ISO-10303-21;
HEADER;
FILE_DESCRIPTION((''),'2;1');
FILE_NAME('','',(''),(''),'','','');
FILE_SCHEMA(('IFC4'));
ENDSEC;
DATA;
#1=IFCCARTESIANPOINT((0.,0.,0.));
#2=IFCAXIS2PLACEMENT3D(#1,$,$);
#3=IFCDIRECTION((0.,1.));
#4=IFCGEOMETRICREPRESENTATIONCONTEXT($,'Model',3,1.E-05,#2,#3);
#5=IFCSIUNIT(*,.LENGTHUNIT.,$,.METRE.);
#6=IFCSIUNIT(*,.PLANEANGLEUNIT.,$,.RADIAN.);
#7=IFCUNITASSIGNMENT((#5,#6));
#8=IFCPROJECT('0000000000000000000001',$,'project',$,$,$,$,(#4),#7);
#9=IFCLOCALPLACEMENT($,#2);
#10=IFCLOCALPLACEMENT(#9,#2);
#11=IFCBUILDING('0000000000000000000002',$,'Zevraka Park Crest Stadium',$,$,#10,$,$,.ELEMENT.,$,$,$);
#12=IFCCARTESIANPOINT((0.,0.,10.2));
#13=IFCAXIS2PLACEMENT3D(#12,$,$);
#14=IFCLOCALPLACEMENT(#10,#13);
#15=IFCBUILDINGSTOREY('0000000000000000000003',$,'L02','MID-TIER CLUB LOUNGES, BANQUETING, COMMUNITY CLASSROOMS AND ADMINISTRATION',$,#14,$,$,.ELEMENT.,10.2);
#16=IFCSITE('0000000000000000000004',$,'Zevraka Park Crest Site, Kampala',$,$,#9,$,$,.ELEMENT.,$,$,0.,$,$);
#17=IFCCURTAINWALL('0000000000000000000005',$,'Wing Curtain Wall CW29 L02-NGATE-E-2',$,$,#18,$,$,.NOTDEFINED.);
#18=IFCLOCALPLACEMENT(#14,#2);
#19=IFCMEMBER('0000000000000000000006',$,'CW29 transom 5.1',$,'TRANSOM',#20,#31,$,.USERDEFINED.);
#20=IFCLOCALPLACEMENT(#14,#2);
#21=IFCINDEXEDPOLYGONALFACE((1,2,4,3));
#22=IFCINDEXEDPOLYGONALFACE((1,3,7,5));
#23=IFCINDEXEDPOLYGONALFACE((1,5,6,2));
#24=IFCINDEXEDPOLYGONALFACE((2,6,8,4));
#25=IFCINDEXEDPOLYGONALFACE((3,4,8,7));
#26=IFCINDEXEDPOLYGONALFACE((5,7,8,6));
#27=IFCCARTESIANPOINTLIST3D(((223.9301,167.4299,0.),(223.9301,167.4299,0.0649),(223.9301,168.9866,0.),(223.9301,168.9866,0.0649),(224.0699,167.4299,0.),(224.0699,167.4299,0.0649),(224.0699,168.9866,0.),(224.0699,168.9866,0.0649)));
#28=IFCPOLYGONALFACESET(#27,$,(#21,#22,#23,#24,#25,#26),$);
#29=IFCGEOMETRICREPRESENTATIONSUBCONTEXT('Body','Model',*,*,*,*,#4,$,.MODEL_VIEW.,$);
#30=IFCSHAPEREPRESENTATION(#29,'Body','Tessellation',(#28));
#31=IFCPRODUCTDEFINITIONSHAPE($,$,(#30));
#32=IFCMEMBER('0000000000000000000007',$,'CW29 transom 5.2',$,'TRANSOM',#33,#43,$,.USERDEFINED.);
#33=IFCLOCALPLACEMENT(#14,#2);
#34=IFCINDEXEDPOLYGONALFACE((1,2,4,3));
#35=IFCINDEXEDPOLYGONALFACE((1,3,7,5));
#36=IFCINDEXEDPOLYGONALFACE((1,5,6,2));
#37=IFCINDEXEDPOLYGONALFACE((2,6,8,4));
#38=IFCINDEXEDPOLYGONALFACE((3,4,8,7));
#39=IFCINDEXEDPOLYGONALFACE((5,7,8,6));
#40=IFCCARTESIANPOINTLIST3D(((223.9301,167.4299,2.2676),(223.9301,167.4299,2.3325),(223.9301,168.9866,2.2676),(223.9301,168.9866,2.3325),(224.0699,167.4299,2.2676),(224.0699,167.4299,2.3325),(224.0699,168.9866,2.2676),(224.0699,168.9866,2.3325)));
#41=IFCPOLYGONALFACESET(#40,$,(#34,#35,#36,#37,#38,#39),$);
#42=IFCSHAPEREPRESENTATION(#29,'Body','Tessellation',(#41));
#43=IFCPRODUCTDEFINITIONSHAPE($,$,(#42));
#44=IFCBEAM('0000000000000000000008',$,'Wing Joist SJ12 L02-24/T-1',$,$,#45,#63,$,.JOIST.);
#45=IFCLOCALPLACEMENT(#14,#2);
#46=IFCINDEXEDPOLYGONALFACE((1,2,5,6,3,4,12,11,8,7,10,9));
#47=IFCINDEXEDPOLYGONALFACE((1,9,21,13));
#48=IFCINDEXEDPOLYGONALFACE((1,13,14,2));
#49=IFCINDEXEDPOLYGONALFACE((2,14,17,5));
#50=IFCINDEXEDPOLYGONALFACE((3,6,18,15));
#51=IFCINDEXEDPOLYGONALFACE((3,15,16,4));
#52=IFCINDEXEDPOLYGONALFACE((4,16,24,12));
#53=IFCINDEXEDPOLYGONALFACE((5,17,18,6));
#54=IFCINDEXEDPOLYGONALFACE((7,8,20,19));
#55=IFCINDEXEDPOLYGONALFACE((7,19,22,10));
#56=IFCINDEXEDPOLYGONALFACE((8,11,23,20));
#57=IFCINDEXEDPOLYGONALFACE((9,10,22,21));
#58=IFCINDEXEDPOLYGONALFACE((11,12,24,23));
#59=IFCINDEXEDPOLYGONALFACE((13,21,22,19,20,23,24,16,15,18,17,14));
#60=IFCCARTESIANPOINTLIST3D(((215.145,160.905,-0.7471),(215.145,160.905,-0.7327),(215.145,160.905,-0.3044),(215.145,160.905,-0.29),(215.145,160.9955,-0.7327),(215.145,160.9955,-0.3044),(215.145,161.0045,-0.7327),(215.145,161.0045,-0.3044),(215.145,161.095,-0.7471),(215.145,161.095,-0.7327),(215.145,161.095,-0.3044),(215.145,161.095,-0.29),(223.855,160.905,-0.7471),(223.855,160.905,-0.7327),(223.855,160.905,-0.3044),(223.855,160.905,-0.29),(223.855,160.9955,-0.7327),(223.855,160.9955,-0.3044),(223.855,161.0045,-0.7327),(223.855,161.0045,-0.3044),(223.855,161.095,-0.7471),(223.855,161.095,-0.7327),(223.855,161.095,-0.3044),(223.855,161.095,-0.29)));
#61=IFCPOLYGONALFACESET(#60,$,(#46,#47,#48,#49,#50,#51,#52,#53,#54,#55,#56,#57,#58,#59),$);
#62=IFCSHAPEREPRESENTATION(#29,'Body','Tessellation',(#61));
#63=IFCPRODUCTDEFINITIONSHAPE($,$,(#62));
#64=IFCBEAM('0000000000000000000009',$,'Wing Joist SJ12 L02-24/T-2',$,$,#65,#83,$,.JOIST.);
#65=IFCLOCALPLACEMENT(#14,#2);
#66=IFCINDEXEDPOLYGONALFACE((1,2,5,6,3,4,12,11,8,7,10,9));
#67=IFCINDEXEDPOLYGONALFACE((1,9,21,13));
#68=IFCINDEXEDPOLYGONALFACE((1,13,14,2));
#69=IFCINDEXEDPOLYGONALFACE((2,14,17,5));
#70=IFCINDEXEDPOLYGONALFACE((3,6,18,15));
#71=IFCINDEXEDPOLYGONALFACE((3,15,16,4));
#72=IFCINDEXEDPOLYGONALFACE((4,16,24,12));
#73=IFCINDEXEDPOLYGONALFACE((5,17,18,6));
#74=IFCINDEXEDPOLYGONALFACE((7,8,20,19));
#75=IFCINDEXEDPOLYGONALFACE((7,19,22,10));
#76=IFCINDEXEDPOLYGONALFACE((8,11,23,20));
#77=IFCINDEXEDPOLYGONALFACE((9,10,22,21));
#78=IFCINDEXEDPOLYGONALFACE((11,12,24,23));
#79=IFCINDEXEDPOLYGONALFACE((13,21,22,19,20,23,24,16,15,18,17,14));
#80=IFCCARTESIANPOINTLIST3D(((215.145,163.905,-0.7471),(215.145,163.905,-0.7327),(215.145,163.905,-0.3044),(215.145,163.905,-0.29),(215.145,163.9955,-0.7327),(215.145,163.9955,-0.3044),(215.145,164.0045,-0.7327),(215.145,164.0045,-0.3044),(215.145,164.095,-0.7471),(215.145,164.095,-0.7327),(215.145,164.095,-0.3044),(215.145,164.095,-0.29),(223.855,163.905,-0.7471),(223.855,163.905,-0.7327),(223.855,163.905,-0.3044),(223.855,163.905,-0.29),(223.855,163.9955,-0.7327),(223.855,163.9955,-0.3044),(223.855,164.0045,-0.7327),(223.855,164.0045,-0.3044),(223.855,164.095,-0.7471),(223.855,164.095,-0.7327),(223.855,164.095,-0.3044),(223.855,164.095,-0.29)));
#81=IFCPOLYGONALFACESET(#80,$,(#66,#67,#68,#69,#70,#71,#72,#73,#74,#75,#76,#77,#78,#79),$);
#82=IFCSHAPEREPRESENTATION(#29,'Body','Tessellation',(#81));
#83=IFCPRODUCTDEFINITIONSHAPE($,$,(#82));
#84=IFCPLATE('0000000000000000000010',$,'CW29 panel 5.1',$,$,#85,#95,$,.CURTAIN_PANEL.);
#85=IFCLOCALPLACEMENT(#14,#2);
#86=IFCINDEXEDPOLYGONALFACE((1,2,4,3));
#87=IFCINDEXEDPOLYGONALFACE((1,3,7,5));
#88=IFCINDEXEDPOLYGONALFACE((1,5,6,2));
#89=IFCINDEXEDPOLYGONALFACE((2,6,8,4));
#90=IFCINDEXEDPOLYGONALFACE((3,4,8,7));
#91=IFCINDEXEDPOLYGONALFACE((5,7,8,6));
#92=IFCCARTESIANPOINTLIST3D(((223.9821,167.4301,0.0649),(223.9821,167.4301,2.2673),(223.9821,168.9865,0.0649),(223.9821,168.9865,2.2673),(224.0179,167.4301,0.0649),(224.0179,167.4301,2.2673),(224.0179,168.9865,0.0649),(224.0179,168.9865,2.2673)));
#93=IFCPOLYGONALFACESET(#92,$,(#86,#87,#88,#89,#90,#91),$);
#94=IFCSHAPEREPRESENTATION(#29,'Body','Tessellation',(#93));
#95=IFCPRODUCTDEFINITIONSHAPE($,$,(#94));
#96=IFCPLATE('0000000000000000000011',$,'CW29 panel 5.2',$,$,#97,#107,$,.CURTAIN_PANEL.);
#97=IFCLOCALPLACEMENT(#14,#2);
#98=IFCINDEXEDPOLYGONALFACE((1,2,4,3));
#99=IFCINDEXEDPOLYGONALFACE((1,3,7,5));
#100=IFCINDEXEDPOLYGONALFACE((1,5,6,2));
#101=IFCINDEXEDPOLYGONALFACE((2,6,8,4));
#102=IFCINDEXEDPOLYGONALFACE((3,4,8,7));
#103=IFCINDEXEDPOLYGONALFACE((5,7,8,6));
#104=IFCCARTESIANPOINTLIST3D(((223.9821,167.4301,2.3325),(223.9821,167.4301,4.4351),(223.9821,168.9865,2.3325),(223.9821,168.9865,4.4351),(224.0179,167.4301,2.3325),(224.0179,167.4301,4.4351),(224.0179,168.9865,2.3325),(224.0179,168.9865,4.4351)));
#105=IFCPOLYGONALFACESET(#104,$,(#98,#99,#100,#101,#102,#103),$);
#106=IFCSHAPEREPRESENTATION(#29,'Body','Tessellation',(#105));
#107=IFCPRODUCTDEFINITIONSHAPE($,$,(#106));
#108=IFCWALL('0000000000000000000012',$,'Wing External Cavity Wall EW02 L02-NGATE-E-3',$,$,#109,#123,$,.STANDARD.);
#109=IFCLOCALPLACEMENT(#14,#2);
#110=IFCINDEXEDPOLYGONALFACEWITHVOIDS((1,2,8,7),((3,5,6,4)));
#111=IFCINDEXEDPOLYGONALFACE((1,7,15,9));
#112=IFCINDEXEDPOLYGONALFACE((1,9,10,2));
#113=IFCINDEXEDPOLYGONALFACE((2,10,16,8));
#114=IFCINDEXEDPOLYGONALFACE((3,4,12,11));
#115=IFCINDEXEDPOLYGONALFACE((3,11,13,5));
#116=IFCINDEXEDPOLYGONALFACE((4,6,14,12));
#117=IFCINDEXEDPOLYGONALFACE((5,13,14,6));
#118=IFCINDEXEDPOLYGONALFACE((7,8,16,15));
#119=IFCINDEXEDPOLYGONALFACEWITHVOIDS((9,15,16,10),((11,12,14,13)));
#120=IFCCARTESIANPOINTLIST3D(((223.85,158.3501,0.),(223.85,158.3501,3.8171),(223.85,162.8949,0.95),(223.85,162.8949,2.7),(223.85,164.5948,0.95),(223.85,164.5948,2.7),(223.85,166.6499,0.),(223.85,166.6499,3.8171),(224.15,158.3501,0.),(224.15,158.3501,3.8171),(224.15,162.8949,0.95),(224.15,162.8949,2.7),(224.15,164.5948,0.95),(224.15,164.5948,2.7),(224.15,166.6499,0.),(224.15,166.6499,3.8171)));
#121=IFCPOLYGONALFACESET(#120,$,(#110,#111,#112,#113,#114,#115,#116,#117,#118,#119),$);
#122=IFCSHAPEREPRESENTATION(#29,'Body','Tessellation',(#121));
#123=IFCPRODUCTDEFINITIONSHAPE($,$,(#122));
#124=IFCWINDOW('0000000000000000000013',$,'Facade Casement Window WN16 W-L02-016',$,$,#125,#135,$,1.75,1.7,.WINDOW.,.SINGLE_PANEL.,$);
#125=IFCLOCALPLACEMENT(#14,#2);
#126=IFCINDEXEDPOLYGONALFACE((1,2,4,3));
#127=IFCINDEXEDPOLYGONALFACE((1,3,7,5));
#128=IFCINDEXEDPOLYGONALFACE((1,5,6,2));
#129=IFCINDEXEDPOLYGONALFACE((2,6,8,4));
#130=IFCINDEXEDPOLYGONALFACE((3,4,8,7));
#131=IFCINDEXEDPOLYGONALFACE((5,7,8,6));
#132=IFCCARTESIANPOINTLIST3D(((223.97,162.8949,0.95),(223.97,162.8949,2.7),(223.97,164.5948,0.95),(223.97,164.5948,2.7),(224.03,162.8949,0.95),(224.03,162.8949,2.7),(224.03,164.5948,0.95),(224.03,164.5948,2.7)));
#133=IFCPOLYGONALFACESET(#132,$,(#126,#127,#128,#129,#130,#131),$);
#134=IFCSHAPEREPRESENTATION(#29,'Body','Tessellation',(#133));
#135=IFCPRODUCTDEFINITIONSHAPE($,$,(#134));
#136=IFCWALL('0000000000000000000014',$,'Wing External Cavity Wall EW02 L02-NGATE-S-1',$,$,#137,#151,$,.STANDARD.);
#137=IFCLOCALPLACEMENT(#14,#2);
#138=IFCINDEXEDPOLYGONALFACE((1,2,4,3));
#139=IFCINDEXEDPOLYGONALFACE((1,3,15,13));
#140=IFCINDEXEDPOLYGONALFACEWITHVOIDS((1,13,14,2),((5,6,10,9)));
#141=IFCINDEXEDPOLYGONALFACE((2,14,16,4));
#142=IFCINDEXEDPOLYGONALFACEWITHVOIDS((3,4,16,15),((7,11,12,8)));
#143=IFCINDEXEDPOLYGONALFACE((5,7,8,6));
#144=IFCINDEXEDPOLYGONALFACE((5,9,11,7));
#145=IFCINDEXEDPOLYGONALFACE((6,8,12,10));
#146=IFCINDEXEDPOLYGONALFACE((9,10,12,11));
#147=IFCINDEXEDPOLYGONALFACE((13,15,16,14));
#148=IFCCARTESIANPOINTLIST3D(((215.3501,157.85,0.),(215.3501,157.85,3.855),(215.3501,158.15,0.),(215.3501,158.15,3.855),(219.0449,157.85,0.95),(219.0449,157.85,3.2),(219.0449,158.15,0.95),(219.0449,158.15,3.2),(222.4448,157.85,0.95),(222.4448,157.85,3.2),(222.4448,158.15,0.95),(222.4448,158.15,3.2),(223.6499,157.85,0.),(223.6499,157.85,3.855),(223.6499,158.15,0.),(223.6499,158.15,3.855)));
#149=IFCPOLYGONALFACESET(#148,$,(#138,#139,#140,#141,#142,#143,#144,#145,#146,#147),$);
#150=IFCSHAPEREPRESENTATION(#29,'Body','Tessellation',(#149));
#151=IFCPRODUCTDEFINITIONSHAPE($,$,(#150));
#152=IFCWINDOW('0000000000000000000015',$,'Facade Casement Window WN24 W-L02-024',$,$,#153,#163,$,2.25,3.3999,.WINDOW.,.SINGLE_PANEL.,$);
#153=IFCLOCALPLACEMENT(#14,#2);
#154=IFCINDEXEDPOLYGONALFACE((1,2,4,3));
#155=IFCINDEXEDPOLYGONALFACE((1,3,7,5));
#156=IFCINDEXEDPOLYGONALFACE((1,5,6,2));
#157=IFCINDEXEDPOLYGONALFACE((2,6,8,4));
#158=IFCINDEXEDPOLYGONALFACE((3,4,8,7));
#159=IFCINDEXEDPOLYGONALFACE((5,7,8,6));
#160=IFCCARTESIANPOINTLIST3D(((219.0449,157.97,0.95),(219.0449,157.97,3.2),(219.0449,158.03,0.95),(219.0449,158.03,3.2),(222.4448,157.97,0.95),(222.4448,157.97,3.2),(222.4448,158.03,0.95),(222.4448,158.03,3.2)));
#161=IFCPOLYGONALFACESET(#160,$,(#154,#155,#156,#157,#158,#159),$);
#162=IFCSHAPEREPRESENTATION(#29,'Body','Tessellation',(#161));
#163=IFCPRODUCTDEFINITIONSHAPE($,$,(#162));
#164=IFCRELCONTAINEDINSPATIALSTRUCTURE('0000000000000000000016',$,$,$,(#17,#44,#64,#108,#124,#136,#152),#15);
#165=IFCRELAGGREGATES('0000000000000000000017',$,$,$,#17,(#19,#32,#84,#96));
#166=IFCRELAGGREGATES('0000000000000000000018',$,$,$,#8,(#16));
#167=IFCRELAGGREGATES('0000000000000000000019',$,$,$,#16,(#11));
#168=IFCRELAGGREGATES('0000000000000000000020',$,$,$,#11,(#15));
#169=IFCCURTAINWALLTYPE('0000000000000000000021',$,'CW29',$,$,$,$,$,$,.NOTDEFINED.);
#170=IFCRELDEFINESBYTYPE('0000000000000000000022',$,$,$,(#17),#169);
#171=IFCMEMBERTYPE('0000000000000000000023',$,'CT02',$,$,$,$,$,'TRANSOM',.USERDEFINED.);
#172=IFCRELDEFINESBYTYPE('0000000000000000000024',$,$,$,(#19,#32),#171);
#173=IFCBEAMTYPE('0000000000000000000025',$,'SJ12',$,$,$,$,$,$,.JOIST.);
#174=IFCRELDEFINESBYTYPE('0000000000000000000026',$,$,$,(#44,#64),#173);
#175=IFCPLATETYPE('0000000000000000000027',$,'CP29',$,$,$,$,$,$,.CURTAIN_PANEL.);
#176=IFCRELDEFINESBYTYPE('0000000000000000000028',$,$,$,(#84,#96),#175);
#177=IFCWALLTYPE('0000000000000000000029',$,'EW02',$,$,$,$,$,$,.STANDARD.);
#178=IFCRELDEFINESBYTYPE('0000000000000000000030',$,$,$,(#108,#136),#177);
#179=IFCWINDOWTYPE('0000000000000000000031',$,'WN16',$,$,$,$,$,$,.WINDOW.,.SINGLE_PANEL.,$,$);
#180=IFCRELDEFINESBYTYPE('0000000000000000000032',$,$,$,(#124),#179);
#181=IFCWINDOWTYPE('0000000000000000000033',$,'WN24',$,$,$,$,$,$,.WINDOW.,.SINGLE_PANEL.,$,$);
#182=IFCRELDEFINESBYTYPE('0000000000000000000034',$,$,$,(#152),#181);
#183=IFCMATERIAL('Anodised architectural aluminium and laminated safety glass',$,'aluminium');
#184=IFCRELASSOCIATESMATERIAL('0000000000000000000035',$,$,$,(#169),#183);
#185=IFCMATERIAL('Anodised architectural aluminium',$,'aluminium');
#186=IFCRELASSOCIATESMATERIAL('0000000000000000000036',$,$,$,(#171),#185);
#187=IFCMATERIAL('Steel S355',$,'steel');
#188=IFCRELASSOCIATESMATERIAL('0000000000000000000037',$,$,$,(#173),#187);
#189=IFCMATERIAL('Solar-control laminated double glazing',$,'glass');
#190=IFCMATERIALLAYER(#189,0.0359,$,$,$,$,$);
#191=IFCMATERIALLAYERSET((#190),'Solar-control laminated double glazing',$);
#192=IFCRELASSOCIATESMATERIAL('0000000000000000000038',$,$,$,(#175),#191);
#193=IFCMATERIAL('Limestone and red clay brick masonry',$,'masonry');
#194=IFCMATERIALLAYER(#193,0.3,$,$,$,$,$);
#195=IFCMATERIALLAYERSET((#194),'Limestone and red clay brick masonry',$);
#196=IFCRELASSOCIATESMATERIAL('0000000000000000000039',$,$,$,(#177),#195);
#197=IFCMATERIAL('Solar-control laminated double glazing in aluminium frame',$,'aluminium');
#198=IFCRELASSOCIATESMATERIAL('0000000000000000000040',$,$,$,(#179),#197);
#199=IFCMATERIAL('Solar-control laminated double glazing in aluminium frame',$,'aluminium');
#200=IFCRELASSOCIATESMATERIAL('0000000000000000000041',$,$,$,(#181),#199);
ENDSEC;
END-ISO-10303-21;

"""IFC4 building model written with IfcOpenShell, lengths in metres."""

from ifc_helpers import new_model, si_unit, direction, frame, frame_2d, origin, origin_2d, place, context, subcontext, project, spatial, rectangle, i_section, extrude, material, layer, layer_set, material_profile, profile_set, type_object, element, fill, aggregate, save


model = new_model("IFC4")

# Units and contexts
model_context = context("Model", 3, precision=1e-05, world=origin(), true_north=direction((0.0, 1.0)))
body_context = subcontext(model_context, "Body", "Model", "MODEL_VIEW")
ifc_project = project(units=[si_unit("LENGTHUNIT", "METRE"), si_unit("PLANEANGLEUNIT", "RADIAN")], contexts=[model_context])

# Site, building, storey
site_placement = place(None, origin())
site = spatial("IfcSite", under=ifc_project, at=site_placement, Name="Zevraka Park Crest Site, Kampala", CompositionType="ELEMENT", RefElevation=0.0)
building_placement = place(site_placement, origin())
building = spatial("IfcBuilding", under=site, at=building_placement, Name="Zevraka Park Crest Stadium", CompositionType="ELEMENT")
storey_placement = place(building_placement, frame((0.0, 0.0, 10.2)))
storey = spatial("IfcBuildingStorey", under=building, at=storey_placement, Name="L02", Description="MID-TIER CLUB LOUNGES, BANQUETING, COMMUNITY CLASSROOMS AND ADMINISTRATION", CompositionType="ELEMENT", Elevation=10.2)

# Curtain wall
ifc_material_1 = material(Name="Anodised architectural aluminium and laminated safety glass", Category="aluminium")
curtain_wall_type = type_object("IfcCurtainWallType", Name="CW29", PredefinedType="NOTDEFINED", material=ifc_material_1)
curtain_wall_1_placement = place(storey_placement, origin())
curtain_wall_1 = element("IfcCurtainWall", 1, at=curtain_wall_1_placement, inside=storey, type_object=curtain_wall_type, Name="Wing Curtain Wall CW29 L02-NGATE-E-2", PredefinedType="NOTDEFINED")

# Members
ifc_material_2 = material(Name="Anodised architectural aluminium", Category="aluminium")
ifc_material_profile_1 = material_profile(ifc_material_2, rectangle(XDim=0.1399, YDim=0.0649, at=origin_2d()), Name="ALU TRANSOM 140x65")
ifc_profile_set_1 = profile_set([ifc_material_profile_1], Name="Anodised architectural aluminium")
member_type_1 = type_object("IfcMemberType", Name="CT02", ElementType="TRANSOM", PredefinedType="USERDEFINED", material=ifc_profile_set_1)
member_1_placement = place(storey_placement, frame((224.0, 168.9866, 0.0325), z_axis=(0.0, -1.0, 0.0), x_axis=(1.0, 0.0, 0.0)))
member_1 = element("IfcMember", 2, at=member_1_placement, type_object=member_type_1, Name="CW29 transom 5.1", ObjectType="TRANSOM", PredefinedType="USERDEFINED", context=body_context, shape_type="SweptSolid", body=[
    extrude(rectangle(XDim=0.1399, YDim=0.0649, at=origin_2d()), origin(), (0.0, 0.0, 1.0), 1.5566),
])
member_2_placement = place(storey_placement, frame((224.0, 168.9866, 2.3), z_axis=(0.0, -1.0, 0.0), x_axis=(1.0, 0.0, 0.0)))
member_2 = element("IfcMember", 3, at=member_2_placement, type_object=member_type_1, Name="CW29 transom 5.2", ObjectType="TRANSOM", PredefinedType="USERDEFINED", context=body_context, shape_type="SweptSolid", body=[
    extrude(rectangle(XDim=0.1399, YDim=0.0649, at=origin_2d()), origin(), (0.0, 0.0, 1.0), 1.5566),
])

# Beams
ifc_material_3 = material(Name="Steel S355", Category="steel")
ifc_material_profile_2 = material_profile(ifc_material_3, i_section(OverallWidth=0.1899, OverallDepth=0.457, WebThickness=0.009, FlangeThickness=0.0144, at=origin_2d()), Name="UKB 457x191x74")
ifc_profile_set_2 = profile_set([ifc_material_profile_2], Name="Steel S355")
beam_type_1 = type_object("IfcBeamType", Name="SJ12", PredefinedType="JOIST", material=ifc_profile_set_2)
for number, where, z_axis, x_axis, name in (
    (4, (215.145, 161.0, -0.5186), (1.0, 0.0, 0.0), (0.0, 1.0, 0.0), "Wing Joist SJ12 L02-24/T-1"),
    (5, (215.145, 164.0, -0.5186), (1.0, 0.0, 0.0), (0.0, 1.0, 0.0), "Wing Joist SJ12 L02-24/T-2"),
):
    element("IfcBeam", number, at=place(storey_placement, frame(where, z_axis=z_axis, x_axis=x_axis)), inside=storey, type_object=beam_type_1, Name=name, PredefinedType="JOIST", context=body_context, shape_type="SweptSolid", body=[
        extrude(i_section(OverallWidth=0.1899, OverallDepth=0.457, WebThickness=0.009, FlangeThickness=0.0144, at=origin_2d()), origin(), (0.0, 0.0, 1.0), 8.71),
    ])

# Plates
ifc_material_4 = material(Name="Solar-control laminated double glazing", Category="glass")
ifc_layer_1 = layer(ifc_material_4, 0.0359)
ifc_layer_set_1 = layer_set([ifc_layer_1], Name="Solar-control laminated double glazing")
plate_type = type_object("IfcPlateType", Name="CP29", PredefinedType="CURTAIN_PANEL", material=ifc_layer_set_1)
plate_1_placement = place(storey_placement, frame((224.0, 168.2083, 0.0649), z_axis=(0.0, 0.0, 1.0), x_axis=(0.0, -1.0, 0.0)))
plate_1 = element("IfcPlate", 6, at=plate_1_placement, type_object=plate_type, Name="CW29 panel 5.1", PredefinedType="CURTAIN_PANEL", context=body_context, shape_type="SweptSolid", body=[
    extrude(rectangle(XDim=1.5564, YDim=0.0359, at=origin_2d()), origin(), (0.0, 0.0, 1.0), 2.2024),
])
plate_2_placement = place(storey_placement, frame((224.0, 168.2083, 2.3325), z_axis=(0.0, 0.0, 1.0), x_axis=(0.0, -1.0, 0.0)))
plate_2 = element("IfcPlate", 7, at=plate_2_placement, type_object=plate_type, Name="CW29 panel 5.2", PredefinedType="CURTAIN_PANEL", context=body_context, shape_type="SweptSolid", body=[
    extrude(rectangle(XDim=1.5564, YDim=0.0359, at=origin_2d()), origin(), (0.0, 0.0, 1.0), 2.1025),
])
aggregate(curtain_wall_1, [member_1, member_2, plate_1, plate_2])

# Walls, openings, windows
ifc_material_5 = material(Name="Limestone and red clay brick masonry", Category="masonry")
ifc_layer_2 = layer(ifc_material_5, 0.3)
ifc_layer_set_2 = layer_set([ifc_layer_2], Name="Limestone and red clay brick masonry")
wall_type = type_object("IfcWallType", Name="EW02", PredefinedType="STANDARD", material=ifc_layer_set_2)
wall_1_placement = place(storey_placement, frame((224.0, 166.6499, 0.0), z_axis=(0.0, 0.0, 1.0), x_axis=(0.0, -1.0, 0.0)))
wall_1 = element("IfcWall", 8, at=wall_1_placement, inside=storey, type_object=wall_type, Name="Wing External Cavity Wall EW02 L02-NGATE-E-3", PredefinedType="STANDARD", context=body_context, shape_type="SweptSolid", body=[
    extrude(rectangle(XDim=8.2998, YDim=0.3, at=frame_2d((4.1499, 0.0))), origin(), (0.0, 0.0, 1.0), 3.8171),
])
opening_1_placement = place(wall_1_placement, frame((2.0549, 0.0, 0.95)))
opening_1 = element("IfcOpeningElement", 9, at=opening_1_placement, cuts=wall_1, PredefinedType="OPENING", context=body_context, shape_type="SweptSolid", body=[
    extrude(rectangle(XDim=1.7, YDim=1.75, at=frame_2d((0.8501, 0.875))), frame((0.0, 0.1599, 0.0), z_axis=(0.0, -1.0, 0.0), x_axis=(1.0, 0.0, 0.0)), (0.0, 0.0, 1.0), 0.3201),
])
ifc_material_6 = material(Name="Solar-control laminated double glazing in aluminium frame", Category="aluminium")
window_type_1 = type_object("IfcWindowType", Name="WN16", PartitioningType="SINGLE_PANEL", PredefinedType="WINDOW", material=ifc_material_6)
window_1_placement = place(opening_1_placement, origin())
window_1 = element("IfcWindow", 10, at=window_1_placement, inside=storey, type_object=window_type_1, Name="Facade Casement Window WN16 W-L02-016", OverallHeight=1.75, OverallWidth=1.7, PartitioningType="SINGLE_PANEL", PredefinedType="WINDOW", context=body_context, shape_type="SweptSolid", body=[
    extrude(rectangle(XDim=1.7, YDim=1.75, at=frame_2d((0.8501, 0.875))), frame((0.0, 0.03, 0.0), z_axis=(0.0, -1.0, 0.0), x_axis=(1.0, 0.0, 0.0)), (0.0, 0.0, 1.0), 0.0601),
])
fill(opening_1, window_1)
wall_2_placement = place(storey_placement, frame((223.6499, 158.0, 0.0), z_axis=(0.0, 0.0, 1.0), x_axis=(-1.0, 0.0, 0.0)))
wall_2 = element("IfcWall", 11, at=wall_2_placement, inside=storey, type_object=wall_type, Name="Wing External Cavity Wall EW02 L02-NGATE-S-1", PredefinedType="STANDARD", context=body_context, shape_type="SweptSolid", body=[
    extrude(rectangle(XDim=8.2998, YDim=0.3, at=frame_2d((4.1499, 0.0))), origin(), (0.0, 0.0, 1.0), 3.855),
])
opening_2_placement = place(wall_2_placement, frame((1.2051, 0.0, 0.95)))
opening_2 = element("IfcOpeningElement", 12, at=opening_2_placement, cuts=wall_2, PredefinedType="OPENING", context=body_context, shape_type="SweptSolid", body=[
    extrude(rectangle(XDim=3.3999, YDim=2.25, at=frame_2d((1.7, 1.125))), frame((0.0, 0.1599, 0.0), z_axis=(0.0, -1.0, 0.0), x_axis=(1.0, 0.0, 0.0)), (0.0, 0.0, 1.0), 0.3201),
])
ifc_material_7 = material(Name="Solar-control laminated double glazing in aluminium frame", Category="aluminium")
window_type_2 = type_object("IfcWindowType", Name="WN24", PartitioningType="SINGLE_PANEL", PredefinedType="WINDOW", material=ifc_material_7)
window_2_placement = place(opening_2_placement, origin())
window_2 = element("IfcWindow", 13, at=window_2_placement, inside=storey, type_object=window_type_2, Name="Facade Casement Window WN24 W-L02-024", OverallHeight=2.25, OverallWidth=3.3999, PartitioningType="SINGLE_PANEL", PredefinedType="WINDOW", context=body_context, shape_type="SweptSolid", body=[
    extrude(rectangle(XDim=3.3999, YDim=2.25, at=frame_2d((1.7, 1.125))), frame((0.0, 0.03, 0.0), z_axis=(0.0, -1.0, 0.0), x_axis=(1.0, 0.0, 0.0)), (0.0, 0.0, 1.0), 0.0601),
])
fill(opening_2, window_2)

save(model, "model.ifc")
